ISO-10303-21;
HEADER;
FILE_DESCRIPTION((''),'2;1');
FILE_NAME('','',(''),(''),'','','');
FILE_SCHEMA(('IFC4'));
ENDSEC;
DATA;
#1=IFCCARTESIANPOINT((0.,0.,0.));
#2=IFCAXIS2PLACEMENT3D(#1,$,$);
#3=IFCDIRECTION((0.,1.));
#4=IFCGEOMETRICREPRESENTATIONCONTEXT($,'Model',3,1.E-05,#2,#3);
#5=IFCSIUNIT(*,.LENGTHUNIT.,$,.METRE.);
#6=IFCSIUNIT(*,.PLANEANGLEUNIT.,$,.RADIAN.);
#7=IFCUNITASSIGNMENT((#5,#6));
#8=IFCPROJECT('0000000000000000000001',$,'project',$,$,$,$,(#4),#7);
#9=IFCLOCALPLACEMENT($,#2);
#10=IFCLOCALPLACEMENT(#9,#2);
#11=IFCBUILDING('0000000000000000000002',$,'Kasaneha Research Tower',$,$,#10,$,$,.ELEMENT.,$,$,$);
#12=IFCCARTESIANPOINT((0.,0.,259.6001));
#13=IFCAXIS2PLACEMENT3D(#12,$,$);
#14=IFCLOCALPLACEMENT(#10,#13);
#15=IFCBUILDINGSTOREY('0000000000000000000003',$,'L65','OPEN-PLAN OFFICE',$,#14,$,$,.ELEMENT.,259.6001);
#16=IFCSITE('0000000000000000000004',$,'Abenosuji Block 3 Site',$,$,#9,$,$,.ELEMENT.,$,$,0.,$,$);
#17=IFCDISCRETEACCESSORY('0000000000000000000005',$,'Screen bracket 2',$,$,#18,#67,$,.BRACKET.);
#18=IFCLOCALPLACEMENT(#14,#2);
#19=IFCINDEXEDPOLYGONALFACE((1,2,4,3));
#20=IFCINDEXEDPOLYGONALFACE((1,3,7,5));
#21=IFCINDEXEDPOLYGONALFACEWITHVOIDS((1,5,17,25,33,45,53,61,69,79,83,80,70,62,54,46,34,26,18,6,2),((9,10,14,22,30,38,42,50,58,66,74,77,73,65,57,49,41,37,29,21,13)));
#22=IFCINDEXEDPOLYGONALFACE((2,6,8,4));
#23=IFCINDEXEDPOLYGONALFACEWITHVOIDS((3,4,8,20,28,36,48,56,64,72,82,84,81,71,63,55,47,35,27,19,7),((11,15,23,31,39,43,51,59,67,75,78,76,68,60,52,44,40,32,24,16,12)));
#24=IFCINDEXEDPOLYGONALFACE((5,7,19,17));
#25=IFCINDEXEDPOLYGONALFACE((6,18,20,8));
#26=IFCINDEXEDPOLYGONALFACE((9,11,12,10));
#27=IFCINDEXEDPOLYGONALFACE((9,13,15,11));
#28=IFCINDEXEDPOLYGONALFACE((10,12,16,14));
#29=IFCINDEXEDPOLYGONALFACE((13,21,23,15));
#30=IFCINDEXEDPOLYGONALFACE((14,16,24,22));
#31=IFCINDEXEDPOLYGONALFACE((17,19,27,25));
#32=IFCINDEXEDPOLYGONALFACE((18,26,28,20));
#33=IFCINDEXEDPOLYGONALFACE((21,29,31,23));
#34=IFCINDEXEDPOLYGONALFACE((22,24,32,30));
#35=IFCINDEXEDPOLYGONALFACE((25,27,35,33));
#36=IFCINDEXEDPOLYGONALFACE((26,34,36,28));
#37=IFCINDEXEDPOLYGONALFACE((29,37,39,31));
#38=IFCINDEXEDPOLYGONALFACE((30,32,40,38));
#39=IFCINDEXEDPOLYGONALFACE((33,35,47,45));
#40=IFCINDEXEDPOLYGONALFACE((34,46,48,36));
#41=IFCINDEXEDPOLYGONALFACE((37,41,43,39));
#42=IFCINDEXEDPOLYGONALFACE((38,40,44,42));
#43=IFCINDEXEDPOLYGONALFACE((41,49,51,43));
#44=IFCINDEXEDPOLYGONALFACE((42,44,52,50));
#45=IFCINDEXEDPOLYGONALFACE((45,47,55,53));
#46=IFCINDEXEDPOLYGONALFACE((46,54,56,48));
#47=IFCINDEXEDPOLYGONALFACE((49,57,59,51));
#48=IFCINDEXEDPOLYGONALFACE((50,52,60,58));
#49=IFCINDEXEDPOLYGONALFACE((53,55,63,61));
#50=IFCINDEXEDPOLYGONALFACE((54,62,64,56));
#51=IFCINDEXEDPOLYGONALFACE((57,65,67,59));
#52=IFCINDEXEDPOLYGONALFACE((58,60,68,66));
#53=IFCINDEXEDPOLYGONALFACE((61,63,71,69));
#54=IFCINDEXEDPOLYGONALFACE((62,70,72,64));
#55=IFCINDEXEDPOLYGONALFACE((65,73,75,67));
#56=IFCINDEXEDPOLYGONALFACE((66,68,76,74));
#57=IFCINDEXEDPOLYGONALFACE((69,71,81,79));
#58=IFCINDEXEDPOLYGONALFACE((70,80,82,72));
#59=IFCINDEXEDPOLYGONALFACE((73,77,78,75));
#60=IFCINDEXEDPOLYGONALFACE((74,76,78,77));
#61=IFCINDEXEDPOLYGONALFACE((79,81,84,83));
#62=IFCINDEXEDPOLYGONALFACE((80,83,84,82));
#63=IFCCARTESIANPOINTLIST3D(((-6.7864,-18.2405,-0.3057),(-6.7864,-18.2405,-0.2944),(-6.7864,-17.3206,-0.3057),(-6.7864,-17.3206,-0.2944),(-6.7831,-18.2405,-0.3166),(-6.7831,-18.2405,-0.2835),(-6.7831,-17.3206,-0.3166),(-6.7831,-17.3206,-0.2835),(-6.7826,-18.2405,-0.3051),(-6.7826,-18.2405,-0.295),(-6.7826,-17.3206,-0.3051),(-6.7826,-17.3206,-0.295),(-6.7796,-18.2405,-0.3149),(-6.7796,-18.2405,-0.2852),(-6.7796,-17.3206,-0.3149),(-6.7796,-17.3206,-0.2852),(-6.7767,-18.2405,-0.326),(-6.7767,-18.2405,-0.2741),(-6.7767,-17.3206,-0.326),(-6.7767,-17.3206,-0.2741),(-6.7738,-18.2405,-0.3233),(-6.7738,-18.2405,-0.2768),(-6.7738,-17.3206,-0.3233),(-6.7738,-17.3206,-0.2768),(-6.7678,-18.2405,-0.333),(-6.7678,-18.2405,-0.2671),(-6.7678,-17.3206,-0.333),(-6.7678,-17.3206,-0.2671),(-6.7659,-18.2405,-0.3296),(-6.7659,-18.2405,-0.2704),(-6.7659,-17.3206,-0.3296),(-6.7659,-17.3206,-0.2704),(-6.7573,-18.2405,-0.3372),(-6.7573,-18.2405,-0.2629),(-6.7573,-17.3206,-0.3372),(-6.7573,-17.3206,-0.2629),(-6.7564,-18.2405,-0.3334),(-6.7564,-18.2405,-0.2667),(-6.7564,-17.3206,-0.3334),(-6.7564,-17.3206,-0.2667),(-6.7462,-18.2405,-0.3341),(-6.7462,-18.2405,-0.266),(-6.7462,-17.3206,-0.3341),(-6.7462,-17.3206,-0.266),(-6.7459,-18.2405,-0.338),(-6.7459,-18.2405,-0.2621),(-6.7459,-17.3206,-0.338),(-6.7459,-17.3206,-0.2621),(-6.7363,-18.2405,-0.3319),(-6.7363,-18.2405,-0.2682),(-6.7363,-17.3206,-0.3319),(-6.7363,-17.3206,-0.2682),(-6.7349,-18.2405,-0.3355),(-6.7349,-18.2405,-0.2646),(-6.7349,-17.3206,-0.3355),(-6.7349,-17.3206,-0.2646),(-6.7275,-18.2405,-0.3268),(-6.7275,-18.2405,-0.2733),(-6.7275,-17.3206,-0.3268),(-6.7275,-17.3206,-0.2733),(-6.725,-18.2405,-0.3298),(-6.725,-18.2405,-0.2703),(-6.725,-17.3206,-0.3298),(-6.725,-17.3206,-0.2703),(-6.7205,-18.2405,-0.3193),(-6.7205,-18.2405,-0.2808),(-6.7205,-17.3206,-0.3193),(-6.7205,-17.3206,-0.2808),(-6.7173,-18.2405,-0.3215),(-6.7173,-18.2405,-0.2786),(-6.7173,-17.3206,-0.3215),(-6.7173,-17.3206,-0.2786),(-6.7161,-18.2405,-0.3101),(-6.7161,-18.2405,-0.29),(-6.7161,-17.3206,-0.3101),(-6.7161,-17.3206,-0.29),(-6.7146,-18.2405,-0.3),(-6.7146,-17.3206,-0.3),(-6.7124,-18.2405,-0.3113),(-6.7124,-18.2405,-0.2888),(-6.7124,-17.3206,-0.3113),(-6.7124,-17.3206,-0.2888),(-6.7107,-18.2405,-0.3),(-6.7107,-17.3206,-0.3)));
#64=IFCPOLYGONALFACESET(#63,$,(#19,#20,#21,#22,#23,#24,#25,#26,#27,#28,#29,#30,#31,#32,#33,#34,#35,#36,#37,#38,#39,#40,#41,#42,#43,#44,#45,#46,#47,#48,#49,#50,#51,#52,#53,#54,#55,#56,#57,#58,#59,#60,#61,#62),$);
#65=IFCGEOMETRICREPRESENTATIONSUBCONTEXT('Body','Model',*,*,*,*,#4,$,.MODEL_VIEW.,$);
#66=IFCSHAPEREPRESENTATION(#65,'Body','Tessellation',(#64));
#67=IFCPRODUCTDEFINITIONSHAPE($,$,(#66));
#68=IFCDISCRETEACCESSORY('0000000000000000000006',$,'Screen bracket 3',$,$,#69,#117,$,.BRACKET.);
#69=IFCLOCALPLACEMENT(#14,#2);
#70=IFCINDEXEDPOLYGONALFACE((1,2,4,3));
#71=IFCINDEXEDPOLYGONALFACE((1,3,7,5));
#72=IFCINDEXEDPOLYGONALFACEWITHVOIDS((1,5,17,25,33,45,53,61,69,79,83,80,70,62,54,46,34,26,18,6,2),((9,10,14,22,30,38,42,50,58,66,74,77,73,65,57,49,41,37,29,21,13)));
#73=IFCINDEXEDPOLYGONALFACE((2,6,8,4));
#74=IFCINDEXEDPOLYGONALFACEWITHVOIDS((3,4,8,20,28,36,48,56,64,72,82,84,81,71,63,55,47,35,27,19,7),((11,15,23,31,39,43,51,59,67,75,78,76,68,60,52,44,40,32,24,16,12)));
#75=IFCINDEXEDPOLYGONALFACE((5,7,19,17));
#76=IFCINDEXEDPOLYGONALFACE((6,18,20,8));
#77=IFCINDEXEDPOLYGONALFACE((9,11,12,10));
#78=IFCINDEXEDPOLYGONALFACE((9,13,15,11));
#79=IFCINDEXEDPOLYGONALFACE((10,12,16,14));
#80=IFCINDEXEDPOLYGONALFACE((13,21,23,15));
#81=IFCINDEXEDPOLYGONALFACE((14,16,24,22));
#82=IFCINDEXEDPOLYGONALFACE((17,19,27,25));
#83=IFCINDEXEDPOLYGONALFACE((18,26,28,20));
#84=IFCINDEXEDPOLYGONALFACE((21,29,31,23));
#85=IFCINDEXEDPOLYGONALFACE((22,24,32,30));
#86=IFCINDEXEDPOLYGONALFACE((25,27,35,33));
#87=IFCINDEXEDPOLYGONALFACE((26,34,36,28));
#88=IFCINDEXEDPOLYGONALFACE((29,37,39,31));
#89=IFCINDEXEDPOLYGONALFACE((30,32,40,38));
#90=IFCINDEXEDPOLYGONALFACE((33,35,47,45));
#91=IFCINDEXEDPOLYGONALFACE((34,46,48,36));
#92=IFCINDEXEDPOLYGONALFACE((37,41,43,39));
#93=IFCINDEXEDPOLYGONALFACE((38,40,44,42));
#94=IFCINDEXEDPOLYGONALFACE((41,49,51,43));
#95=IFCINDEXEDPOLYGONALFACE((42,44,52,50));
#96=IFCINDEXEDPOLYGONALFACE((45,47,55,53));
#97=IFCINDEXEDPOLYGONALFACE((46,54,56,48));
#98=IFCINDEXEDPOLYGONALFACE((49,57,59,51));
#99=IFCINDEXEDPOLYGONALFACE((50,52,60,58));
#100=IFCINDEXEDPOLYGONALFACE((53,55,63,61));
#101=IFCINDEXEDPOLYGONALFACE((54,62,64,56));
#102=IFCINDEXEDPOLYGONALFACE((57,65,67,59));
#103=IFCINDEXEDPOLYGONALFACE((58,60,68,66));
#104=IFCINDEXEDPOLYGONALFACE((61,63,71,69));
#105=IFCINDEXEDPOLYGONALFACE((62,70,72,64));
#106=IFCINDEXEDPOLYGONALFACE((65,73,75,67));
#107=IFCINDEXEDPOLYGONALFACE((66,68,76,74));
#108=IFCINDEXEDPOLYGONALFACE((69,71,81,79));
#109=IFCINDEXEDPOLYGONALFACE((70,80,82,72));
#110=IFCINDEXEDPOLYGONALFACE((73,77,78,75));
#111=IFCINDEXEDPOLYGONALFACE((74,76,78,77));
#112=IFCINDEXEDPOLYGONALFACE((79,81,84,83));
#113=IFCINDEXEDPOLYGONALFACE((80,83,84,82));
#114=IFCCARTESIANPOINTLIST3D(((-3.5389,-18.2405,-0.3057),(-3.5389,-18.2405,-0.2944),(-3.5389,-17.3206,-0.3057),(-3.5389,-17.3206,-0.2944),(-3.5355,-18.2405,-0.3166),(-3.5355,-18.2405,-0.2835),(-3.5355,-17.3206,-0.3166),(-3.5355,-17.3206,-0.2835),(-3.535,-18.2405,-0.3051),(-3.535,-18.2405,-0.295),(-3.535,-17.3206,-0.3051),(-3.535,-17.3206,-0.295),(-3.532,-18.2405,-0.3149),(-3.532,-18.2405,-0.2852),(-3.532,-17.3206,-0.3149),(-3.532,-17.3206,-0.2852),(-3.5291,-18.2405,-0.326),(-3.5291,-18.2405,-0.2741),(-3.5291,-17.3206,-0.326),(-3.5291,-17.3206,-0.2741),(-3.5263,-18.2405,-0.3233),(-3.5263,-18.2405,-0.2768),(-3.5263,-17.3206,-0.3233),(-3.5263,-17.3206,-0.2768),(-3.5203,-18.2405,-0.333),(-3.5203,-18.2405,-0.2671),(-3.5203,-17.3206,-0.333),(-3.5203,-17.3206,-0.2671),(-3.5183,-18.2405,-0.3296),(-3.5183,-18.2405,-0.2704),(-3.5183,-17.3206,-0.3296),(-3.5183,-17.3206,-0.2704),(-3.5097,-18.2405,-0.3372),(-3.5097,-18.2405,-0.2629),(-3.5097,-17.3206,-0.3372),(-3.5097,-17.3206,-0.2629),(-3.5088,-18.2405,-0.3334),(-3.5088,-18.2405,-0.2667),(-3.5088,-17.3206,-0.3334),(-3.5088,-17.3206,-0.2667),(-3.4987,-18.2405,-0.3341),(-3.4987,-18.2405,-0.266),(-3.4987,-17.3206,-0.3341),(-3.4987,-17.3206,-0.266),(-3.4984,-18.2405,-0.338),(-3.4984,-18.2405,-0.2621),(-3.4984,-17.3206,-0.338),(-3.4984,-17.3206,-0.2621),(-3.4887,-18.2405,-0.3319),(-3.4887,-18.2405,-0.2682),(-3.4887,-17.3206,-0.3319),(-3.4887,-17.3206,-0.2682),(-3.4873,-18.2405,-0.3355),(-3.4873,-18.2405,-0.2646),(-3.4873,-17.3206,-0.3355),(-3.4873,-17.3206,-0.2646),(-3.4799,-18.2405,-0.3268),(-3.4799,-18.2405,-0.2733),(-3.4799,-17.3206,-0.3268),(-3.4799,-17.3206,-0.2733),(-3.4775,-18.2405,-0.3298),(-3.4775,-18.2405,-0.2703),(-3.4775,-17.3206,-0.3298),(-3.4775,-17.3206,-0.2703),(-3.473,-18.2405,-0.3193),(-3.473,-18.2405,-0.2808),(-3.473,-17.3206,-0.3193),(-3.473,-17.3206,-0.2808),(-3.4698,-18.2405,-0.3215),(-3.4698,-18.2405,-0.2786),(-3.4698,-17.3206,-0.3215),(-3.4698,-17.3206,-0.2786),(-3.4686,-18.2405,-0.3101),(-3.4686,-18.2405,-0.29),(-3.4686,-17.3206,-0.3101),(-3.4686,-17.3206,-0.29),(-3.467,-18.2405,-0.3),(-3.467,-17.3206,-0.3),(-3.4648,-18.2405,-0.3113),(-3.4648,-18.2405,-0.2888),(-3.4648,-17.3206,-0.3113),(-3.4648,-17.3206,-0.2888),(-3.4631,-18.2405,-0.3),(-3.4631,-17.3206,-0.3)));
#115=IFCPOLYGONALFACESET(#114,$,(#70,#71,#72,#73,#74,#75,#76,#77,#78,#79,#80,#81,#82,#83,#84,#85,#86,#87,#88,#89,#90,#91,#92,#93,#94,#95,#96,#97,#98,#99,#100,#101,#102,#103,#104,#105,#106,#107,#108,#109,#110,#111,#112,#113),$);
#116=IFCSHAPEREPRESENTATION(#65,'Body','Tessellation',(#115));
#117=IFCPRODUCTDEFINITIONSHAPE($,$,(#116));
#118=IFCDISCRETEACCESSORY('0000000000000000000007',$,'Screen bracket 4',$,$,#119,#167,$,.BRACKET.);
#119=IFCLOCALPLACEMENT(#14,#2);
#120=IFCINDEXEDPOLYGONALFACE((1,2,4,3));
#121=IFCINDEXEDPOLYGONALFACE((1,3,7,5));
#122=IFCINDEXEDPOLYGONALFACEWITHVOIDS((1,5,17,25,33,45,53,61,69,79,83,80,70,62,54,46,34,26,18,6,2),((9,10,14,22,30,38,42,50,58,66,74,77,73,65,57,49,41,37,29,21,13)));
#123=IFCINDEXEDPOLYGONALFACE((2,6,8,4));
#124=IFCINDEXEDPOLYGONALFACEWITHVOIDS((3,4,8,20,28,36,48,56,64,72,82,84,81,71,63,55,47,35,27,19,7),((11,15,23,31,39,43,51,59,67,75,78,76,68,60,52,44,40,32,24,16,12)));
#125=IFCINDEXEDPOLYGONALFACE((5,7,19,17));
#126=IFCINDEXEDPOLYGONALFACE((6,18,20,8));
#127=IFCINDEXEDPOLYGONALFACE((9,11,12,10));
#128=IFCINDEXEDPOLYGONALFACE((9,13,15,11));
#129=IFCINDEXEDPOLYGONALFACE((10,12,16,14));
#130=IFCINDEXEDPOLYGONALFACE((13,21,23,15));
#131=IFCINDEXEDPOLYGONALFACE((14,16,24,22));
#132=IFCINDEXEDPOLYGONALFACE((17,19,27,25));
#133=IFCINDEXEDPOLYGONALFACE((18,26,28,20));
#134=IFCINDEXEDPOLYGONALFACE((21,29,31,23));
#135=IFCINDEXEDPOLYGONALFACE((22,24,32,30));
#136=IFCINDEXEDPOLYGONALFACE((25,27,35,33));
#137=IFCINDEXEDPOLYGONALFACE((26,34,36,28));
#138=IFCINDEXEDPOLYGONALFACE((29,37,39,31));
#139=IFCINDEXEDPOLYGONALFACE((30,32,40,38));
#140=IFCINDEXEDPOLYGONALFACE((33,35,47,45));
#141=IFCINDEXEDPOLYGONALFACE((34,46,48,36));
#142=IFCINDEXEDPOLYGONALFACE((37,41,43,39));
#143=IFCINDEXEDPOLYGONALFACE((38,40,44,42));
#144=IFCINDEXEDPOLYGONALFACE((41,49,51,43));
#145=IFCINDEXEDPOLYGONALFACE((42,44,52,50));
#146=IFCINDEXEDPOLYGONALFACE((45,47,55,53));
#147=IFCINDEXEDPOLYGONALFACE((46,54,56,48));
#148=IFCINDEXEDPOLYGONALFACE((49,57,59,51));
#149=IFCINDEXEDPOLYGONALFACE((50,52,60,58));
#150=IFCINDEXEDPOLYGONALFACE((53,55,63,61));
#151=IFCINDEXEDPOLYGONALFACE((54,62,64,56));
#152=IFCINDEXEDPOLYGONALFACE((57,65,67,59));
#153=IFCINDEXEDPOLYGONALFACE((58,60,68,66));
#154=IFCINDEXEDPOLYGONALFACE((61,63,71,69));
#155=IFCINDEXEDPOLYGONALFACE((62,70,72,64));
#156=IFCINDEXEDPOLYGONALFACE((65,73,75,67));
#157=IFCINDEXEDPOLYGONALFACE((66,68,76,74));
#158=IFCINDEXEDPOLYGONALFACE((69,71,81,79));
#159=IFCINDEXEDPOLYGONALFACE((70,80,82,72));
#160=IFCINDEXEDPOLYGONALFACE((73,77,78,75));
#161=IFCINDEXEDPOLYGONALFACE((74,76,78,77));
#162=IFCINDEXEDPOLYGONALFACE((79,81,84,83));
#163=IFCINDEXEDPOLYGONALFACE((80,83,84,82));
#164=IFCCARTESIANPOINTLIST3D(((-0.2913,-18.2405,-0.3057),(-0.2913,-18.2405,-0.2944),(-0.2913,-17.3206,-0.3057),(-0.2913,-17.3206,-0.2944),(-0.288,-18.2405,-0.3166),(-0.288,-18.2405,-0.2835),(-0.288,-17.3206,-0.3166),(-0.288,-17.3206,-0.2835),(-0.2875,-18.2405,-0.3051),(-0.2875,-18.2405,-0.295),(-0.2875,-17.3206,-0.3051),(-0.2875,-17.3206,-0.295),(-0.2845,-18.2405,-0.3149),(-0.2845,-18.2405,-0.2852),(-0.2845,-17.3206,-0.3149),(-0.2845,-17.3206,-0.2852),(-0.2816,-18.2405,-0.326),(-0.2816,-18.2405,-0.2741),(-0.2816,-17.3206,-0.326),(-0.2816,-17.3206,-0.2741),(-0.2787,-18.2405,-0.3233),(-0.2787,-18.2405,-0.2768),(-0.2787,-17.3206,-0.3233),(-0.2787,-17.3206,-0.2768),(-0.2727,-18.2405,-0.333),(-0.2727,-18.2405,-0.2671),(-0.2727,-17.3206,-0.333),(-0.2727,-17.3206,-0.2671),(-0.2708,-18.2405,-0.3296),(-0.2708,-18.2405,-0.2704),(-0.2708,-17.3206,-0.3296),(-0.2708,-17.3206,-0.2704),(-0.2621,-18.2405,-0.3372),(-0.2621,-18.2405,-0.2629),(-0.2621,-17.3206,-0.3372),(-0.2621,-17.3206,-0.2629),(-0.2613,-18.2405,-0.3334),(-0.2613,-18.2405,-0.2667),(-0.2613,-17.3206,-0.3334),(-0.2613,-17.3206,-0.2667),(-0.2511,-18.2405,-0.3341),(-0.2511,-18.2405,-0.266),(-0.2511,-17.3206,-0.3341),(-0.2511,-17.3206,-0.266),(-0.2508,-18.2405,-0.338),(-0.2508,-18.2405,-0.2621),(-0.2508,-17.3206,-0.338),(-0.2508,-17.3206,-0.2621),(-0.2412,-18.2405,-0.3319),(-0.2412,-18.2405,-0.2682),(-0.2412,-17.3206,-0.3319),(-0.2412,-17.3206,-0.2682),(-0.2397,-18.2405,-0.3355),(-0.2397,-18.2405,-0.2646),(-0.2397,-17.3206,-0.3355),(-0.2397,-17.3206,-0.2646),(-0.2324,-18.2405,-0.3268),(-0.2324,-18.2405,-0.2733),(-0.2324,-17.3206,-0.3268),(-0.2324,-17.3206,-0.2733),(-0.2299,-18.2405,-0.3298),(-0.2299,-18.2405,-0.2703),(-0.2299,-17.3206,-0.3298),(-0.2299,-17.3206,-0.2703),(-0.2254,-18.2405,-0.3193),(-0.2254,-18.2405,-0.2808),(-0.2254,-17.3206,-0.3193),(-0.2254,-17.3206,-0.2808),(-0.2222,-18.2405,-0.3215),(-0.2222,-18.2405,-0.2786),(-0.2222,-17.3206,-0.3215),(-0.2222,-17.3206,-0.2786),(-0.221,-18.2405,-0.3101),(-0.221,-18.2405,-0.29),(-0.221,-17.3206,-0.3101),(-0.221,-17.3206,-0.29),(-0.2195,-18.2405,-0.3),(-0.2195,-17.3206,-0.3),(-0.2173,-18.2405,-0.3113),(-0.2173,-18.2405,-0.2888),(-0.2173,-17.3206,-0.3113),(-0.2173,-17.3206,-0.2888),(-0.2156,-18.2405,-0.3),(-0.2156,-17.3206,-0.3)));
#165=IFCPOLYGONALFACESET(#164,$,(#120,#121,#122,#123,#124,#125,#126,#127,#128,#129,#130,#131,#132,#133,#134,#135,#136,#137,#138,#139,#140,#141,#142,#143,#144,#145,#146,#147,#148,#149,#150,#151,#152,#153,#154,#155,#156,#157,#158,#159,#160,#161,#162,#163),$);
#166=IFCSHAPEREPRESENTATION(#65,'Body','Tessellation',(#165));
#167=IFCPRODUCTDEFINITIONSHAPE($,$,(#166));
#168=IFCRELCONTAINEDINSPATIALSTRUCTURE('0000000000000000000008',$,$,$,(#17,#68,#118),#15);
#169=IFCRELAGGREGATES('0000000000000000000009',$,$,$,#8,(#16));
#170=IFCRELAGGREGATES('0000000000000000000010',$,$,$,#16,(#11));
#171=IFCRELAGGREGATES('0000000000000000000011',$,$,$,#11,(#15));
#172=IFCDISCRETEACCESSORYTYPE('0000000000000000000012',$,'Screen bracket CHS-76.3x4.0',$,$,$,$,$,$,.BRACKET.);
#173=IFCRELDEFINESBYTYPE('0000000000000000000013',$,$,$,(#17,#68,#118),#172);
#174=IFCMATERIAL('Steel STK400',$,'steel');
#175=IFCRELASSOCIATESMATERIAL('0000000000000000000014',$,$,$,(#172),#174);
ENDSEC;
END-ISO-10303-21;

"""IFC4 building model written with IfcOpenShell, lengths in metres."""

from ifc_helpers import new_model, si_unit, direction, frame, origin, origin_2d, place, context, subcontext, project, spatial, hollow_circle, extrude, material, material_profile, profile_set, type_object, element, save


model = new_model("IFC4")

# Units and contexts
model_context = context("Model", 3, precision=1e-05, world=origin(), true_north=direction((0.0, 1.0)))
body_context = subcontext(model_context, "Body", "Model", "MODEL_VIEW")
ifc_project = project(units=[si_unit("LENGTHUNIT", "METRE"), si_unit("PLANEANGLEUNIT", "RADIAN")], contexts=[model_context])

# Site, building, storey
site_placement = place(None, origin())
site = spatial("IfcSite", under=ifc_project, at=site_placement, Name="Abenosuji Block 3 Site", CompositionType="ELEMENT", RefElevation=0.0)
building_placement = place(site_placement, origin())
building = spatial("IfcBuilding", under=site, at=building_placement, Name="Kasaneha Research Tower", CompositionType="ELEMENT")
storey_placement = place(building_placement, frame((0.0, 0.0, 259.6001)))
storey = spatial("IfcBuildingStorey", under=building, at=storey_placement, Name="L65", Description="OPEN-PLAN OFFICE", CompositionType="ELEMENT", Elevation=259.6001)

# Discrete accessories
ifc_material_1 = material(Name="Steel STK400", Category="steel")
ifc_material_profile_1 = material_profile(ifc_material_1, hollow_circle(Radius=0.0381, WallThickness=0.0039, at=origin_2d()), Name="CHS-76.3x4.0")
ifc_profile_set_1 = profile_set([ifc_material_profile_1], Name="Steel STK400")
discrete_accessory_type = type_object("IfcDiscreteAccessoryType", Name="Screen bracket CHS-76.3x4.0", PredefinedType="BRACKET", material=ifc_profile_set_1)
for number, where, z_axis, x_axis, name in (
    (1, (-6.7488, -17.3206, -0.3), (0.0, -1.0, 0.0), (1.0, 0.0, 0.0), "Screen bracket 2"),
    (2, (-3.5012, -17.3206, -0.3), (0.0, -1.0, 0.0), (1.0, 0.0, 0.0), "Screen bracket 3"),
    (3, (-0.2537, -17.3206, -0.3), (0.0, -1.0, 0.0), (1.0, 0.0, 0.0), "Screen bracket 4"),
):
    element("IfcDiscreteAccessory", number, at=place(storey_placement, frame(where, z_axis=z_axis, x_axis=x_axis)), inside=storey, type_object=discrete_accessory_type, Name=name, PredefinedType="BRACKET", context=body_context, shape_type="SweptSolid", body=[
        extrude(hollow_circle(Radius=0.0381, WallThickness=0.0039, at=origin_2d()), origin(), (0.0, 0.0, 1.0), 0.9199),
    ])

save(model, "model.ifc")
